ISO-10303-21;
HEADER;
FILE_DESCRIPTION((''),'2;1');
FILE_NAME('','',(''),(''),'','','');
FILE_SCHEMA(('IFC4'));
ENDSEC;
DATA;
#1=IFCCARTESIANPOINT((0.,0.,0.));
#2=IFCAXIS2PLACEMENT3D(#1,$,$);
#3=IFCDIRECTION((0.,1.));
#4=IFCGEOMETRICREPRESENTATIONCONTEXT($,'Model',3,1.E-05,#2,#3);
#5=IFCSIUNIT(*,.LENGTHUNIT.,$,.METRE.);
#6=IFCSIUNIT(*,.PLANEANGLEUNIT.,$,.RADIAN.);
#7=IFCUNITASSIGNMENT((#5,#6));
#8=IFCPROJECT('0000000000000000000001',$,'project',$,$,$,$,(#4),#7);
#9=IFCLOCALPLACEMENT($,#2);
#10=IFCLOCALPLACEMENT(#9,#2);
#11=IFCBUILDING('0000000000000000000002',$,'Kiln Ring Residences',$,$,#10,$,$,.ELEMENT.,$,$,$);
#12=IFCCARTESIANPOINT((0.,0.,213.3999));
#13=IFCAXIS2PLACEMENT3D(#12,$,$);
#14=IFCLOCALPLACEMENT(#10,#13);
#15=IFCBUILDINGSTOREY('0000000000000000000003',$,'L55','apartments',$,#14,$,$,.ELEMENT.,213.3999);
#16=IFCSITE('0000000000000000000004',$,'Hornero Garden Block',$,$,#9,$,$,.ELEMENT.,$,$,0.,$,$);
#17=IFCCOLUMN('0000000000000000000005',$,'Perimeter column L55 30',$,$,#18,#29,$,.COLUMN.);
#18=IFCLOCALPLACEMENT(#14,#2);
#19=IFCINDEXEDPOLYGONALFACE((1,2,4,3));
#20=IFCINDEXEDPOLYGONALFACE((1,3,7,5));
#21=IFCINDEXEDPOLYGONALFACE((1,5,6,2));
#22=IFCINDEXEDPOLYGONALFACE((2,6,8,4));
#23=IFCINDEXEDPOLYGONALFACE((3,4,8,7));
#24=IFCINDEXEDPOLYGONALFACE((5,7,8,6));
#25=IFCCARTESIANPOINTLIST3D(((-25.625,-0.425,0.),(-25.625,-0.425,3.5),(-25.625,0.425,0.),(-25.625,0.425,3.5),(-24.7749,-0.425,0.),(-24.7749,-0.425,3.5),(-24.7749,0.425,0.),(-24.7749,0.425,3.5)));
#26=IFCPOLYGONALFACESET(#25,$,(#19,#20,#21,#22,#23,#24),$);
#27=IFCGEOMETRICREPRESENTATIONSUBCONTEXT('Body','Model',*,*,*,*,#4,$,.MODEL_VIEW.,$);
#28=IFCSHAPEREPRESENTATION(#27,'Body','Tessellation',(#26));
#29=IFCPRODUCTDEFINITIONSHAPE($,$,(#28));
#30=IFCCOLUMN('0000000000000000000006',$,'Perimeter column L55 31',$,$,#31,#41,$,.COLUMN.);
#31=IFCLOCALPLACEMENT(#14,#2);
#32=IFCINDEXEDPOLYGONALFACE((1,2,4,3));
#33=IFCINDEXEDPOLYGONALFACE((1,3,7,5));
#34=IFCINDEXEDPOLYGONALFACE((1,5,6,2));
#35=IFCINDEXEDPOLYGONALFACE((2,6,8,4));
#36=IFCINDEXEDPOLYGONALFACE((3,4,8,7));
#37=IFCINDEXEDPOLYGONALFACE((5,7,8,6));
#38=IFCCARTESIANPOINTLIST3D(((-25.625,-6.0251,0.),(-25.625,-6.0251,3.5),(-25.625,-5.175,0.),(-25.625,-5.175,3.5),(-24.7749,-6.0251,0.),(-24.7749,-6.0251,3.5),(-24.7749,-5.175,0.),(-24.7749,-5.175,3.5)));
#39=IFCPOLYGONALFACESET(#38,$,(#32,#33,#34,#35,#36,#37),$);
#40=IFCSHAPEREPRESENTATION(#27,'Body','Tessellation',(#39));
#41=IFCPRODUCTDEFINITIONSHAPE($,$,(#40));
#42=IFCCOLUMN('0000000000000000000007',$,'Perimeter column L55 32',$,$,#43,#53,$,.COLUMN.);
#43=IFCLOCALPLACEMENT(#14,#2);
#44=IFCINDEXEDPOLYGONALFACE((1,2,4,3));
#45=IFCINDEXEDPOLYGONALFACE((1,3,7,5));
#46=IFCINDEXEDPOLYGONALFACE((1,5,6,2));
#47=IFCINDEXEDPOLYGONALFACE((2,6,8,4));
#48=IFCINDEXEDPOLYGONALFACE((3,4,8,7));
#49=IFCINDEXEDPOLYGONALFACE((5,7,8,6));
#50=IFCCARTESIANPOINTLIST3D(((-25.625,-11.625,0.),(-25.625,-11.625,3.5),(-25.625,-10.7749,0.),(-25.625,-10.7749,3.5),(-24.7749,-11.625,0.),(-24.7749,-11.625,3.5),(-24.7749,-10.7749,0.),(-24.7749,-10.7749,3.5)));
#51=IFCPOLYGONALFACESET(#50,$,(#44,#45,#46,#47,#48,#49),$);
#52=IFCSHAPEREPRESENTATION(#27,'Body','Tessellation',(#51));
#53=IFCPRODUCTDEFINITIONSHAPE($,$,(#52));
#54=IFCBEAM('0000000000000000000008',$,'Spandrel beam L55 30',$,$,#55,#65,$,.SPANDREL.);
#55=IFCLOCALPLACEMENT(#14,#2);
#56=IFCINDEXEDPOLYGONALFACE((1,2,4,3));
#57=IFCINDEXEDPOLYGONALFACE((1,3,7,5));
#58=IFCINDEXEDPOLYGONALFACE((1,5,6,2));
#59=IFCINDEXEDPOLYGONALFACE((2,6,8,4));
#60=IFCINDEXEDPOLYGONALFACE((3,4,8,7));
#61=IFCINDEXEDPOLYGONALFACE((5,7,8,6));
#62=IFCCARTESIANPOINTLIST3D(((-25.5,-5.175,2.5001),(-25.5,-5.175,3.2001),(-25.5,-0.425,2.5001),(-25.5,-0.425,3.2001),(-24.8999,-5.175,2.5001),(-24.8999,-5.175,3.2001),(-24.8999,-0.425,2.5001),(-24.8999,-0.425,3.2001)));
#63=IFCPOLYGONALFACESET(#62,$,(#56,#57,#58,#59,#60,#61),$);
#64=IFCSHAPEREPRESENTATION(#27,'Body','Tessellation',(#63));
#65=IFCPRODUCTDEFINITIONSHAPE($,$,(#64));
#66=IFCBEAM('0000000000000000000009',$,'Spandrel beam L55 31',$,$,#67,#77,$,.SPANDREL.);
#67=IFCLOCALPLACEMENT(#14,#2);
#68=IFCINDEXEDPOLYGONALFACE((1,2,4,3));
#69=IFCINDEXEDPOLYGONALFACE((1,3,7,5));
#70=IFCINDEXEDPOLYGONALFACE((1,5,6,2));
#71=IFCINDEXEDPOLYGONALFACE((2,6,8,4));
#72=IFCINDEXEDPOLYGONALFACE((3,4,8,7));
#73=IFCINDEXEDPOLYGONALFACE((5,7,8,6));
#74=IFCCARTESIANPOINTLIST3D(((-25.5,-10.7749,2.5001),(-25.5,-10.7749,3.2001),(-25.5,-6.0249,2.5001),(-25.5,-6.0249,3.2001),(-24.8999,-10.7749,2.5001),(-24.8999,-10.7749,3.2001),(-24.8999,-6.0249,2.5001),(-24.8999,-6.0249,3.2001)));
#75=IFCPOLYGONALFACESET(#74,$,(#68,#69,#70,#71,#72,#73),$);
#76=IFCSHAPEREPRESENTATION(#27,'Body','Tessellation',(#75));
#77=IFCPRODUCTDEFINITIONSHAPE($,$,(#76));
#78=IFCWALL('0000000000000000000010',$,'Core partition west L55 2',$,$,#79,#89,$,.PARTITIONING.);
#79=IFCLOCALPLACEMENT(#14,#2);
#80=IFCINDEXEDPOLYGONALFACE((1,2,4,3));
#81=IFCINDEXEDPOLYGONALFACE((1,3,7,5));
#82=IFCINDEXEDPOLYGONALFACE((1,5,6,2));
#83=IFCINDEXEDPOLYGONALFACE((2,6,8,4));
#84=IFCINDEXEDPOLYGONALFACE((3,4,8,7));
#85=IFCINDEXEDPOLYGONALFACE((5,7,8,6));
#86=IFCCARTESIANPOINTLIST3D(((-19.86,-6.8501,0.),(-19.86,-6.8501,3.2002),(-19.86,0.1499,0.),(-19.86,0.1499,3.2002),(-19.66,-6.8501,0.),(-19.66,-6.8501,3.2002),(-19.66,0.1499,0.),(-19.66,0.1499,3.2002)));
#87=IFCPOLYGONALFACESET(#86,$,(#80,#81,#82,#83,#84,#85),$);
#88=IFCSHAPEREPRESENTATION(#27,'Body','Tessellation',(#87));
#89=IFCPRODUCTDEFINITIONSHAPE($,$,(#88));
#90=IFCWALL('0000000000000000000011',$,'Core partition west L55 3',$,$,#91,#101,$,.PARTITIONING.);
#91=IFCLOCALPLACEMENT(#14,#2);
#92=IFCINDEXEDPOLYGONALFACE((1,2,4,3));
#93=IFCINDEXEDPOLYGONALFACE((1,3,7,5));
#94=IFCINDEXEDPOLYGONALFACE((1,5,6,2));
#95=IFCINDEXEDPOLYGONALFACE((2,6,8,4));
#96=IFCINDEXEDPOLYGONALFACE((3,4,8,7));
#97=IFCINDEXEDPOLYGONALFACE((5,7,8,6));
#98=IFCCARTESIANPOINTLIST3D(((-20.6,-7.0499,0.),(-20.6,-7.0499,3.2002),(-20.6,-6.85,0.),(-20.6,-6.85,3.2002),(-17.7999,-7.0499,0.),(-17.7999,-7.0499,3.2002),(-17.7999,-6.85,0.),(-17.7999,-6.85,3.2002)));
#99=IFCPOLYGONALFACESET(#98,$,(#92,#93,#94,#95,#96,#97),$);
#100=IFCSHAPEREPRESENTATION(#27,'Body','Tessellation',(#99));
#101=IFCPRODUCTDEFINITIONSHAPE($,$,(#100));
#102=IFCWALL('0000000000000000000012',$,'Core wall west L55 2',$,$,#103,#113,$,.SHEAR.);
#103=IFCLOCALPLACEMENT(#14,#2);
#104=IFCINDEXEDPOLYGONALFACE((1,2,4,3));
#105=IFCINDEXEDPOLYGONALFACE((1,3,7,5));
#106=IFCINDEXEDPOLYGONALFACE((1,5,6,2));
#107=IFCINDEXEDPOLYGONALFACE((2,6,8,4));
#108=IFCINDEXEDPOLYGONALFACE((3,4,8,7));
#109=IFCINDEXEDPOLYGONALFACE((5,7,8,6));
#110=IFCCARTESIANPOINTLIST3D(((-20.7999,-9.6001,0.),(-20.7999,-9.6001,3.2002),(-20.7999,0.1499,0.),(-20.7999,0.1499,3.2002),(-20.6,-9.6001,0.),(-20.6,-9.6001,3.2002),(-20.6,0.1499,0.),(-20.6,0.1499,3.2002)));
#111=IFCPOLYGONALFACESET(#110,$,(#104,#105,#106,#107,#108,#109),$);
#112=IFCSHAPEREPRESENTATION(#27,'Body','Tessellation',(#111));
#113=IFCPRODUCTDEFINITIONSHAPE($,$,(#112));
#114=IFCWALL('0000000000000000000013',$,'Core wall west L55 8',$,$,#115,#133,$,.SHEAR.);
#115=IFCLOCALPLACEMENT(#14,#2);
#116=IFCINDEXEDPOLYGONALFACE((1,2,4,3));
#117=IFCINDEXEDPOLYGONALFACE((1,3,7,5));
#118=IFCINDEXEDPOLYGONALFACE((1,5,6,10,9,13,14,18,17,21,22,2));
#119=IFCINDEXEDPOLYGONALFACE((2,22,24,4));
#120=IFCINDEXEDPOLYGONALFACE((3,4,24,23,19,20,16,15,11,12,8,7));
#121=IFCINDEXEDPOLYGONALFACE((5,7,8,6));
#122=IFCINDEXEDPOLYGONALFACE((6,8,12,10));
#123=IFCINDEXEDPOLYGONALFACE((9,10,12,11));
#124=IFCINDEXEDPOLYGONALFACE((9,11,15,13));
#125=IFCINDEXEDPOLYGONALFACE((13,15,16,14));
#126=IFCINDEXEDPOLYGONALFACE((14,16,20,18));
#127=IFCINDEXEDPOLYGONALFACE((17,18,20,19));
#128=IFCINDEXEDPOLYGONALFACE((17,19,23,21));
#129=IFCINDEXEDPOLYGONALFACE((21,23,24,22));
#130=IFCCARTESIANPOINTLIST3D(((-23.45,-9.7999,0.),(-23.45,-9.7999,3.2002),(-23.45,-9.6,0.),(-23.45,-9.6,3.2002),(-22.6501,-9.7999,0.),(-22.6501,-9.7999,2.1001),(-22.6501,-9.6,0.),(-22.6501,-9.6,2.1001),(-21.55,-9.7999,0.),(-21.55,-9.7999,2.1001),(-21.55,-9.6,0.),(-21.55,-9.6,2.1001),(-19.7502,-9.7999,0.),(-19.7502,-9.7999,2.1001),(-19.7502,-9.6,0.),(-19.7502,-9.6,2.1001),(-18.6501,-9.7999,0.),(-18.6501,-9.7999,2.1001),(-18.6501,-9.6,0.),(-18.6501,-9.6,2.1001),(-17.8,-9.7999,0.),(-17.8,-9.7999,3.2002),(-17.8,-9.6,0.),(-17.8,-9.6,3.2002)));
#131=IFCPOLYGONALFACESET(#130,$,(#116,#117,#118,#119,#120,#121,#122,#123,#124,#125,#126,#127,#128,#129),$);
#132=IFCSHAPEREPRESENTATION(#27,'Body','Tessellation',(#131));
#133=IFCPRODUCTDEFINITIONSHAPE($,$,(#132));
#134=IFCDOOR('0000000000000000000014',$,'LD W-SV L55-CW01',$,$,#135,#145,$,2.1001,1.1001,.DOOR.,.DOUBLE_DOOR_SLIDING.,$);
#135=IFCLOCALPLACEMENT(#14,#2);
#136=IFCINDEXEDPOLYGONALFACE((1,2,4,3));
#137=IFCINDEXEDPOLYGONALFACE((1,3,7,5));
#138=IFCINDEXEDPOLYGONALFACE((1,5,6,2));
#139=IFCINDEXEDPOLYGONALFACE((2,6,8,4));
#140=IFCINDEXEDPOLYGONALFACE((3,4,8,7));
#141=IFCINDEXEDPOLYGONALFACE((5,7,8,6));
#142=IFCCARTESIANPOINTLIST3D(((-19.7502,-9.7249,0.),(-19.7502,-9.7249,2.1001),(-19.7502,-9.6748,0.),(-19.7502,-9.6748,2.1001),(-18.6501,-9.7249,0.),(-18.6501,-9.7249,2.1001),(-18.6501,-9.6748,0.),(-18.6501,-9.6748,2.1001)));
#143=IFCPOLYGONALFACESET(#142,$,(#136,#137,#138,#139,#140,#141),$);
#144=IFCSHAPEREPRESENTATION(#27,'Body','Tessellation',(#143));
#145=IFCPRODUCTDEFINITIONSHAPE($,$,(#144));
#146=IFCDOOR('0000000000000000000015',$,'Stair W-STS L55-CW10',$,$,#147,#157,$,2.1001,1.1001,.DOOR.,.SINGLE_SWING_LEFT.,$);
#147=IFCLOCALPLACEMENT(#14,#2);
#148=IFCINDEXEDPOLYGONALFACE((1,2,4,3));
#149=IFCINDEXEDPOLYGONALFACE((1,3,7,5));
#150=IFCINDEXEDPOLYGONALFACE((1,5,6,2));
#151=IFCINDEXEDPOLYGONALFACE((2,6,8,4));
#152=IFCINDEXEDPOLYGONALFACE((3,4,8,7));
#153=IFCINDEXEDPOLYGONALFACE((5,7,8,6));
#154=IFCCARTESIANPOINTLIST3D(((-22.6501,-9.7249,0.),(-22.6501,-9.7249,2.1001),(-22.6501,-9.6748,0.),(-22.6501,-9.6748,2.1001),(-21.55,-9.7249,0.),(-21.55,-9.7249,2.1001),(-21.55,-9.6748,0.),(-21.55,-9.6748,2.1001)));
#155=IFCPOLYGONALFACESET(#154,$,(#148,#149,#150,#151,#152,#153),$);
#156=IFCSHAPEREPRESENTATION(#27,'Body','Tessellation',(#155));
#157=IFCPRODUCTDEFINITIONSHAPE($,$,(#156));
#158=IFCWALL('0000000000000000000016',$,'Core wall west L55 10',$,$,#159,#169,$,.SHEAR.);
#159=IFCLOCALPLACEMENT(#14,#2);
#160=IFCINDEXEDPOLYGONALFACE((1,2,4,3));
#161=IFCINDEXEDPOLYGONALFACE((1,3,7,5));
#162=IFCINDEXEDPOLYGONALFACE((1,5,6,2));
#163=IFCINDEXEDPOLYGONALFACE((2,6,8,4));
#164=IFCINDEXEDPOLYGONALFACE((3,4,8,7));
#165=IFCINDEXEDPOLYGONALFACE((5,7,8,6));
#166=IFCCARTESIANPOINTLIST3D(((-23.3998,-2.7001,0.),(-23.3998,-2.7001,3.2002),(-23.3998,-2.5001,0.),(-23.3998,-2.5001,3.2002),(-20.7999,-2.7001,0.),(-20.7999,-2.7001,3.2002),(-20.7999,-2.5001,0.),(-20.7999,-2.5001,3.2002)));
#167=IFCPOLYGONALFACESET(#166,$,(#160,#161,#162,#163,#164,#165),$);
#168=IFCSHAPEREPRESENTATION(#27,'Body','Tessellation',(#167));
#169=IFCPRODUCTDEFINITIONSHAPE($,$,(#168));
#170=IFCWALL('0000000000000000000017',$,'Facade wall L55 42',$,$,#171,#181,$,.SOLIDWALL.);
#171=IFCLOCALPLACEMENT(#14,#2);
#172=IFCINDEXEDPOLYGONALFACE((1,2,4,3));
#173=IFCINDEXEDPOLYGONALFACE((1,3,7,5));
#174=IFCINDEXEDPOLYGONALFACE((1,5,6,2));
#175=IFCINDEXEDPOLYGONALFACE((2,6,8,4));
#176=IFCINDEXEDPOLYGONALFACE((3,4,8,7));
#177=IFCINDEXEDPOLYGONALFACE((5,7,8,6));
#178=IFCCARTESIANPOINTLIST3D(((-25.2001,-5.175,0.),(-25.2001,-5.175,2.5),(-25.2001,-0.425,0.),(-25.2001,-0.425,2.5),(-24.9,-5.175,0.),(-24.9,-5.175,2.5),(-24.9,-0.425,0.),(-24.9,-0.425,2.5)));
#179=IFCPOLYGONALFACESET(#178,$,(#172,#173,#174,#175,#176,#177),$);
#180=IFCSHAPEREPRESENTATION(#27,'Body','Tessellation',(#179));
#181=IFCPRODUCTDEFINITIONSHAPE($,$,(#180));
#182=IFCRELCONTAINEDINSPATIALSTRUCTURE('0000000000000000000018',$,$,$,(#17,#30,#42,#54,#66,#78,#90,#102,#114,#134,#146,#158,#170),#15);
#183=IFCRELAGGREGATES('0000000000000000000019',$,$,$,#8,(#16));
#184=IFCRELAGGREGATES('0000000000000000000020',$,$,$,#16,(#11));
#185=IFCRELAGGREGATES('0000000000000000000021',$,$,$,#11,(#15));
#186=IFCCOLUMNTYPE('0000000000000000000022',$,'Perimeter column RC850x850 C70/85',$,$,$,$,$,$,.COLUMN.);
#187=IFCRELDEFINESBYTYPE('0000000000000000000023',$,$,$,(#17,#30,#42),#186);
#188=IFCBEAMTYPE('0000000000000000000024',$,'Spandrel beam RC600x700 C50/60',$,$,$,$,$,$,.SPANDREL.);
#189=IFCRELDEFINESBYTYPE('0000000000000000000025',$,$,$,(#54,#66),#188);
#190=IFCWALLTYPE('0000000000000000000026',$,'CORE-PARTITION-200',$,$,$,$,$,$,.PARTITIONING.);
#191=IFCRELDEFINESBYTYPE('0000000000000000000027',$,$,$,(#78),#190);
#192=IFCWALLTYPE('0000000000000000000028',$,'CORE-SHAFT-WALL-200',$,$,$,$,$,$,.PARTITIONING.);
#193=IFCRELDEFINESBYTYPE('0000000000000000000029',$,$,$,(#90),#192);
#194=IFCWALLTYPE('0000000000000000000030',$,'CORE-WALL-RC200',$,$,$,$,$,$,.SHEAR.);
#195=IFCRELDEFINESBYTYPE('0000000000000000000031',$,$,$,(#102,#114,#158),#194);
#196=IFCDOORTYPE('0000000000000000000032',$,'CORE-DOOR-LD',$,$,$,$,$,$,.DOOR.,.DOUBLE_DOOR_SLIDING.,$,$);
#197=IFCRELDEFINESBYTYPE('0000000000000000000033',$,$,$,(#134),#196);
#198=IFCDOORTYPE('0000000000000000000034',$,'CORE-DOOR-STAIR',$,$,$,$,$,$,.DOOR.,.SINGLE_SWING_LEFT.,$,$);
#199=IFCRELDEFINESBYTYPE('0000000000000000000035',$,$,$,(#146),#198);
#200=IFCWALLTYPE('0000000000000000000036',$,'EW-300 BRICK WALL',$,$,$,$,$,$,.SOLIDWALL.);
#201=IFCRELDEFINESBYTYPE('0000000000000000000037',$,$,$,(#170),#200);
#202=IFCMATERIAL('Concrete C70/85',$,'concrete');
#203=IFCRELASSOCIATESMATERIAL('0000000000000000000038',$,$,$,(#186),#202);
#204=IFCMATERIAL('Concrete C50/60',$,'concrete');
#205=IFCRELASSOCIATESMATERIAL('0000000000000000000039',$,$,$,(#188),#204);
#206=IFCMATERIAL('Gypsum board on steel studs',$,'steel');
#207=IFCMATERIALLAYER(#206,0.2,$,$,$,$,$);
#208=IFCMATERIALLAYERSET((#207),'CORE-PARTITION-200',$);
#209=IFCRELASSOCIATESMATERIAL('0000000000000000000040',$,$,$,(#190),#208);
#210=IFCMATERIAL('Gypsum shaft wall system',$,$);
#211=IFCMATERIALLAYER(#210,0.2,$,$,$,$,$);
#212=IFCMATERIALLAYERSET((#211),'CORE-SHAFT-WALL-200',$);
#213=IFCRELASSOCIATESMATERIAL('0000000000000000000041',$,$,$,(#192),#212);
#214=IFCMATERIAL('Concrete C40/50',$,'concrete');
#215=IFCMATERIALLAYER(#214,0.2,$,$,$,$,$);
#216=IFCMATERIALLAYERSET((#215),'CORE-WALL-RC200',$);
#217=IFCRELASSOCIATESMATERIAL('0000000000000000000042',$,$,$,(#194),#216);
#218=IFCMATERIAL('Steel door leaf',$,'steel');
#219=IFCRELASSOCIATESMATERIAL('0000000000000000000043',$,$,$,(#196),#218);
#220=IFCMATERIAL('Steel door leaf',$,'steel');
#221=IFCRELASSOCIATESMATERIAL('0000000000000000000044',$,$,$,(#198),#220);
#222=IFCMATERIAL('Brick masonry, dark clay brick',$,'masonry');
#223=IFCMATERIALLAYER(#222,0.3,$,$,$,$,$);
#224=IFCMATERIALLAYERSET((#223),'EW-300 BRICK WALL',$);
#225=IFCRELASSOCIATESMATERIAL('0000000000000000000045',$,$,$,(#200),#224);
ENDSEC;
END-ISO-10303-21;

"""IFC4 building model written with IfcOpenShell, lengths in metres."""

from ifc_helpers import new_model, si_unit, direction, frame, frame_2d, origin, origin_2d, place, context, subcontext, project, spatial, rectangle, extrude, material, layer, layer_set, material_profile, profile_set, type_object, element, fill, save


model = new_model("IFC4")

# Units and contexts
model_context = context("Model", 3, precision=1e-05, world=origin(), true_north=direction((0.0, 1.0)))
body_context = subcontext(model_context, "Body", "Model", "MODEL_VIEW")
ifc_project = project(units=[si_unit("LENGTHUNIT", "METRE"), si_unit("PLANEANGLEUNIT", "RADIAN")], contexts=[model_context])

# Site, building, storey
site_placement = place(None, origin())
site = spatial("IfcSite", under=ifc_project, at=site_placement, Name="Hornero Garden Block", CompositionType="ELEMENT", RefElevation=0.0)
building_placement = place(site_placement, origin())
building = spatial("IfcBuilding", under=site, at=building_placement, Name="Kiln Ring Residences", CompositionType="ELEMENT")
storey_placement = place(building_placement, frame((0.0, 0.0, 213.3999)))
storey = spatial("IfcBuildingStorey", under=building, at=storey_placement, Name="L55", Description="apartments", CompositionType="ELEMENT", Elevation=213.3999)

# Columns
ifc_material_1 = material(Name="Concrete C70/85", Category="concrete")
ifc_material_profile_1 = material_profile(ifc_material_1, rectangle(XDim=0.8501, YDim=0.8501, at=origin_2d()), Name="RC850x850")
ifc_profile_set_1 = profile_set([ifc_material_profile_1], Name="Concrete C70/85")
column_type = type_object("IfcColumnType", Name="Perimeter column RC850x850 C70/85", PredefinedType="COLUMN", material=ifc_profile_set_1)
for number, where, z_axis, x_axis, name in (
    (1, (-25.2, 0.0, 0.0), (0.0, 0.0, 1.0), (1.0, 0.0, 0.0), "Perimeter column L55 30"),
    (2, (-25.2, -5.6001, 0.0), (0.0, 0.0, 1.0), (1.0, 0.0, 0.0), "Perimeter column L55 31"),
    (3, (-25.2, -11.2, 0.0), (0.0, 0.0, 1.0), (1.0, 0.0, 0.0), "Perimeter column L55 32"),
):
    element("IfcColumn", number, at=place(storey_placement, frame(where, z_axis=z_axis, x_axis=x_axis)), inside=storey, type_object=column_type, Name=name, PredefinedType="COLUMN", context=body_context, shape_type="SweptSolid", body=[
        extrude(rectangle(XDim=0.8501, YDim=0.8501, at=origin_2d()), origin(), (0.0, 0.0, 1.0), 3.5),
    ])

# Beams
ifc_material_2 = material(Name="Concrete C50/60", Category="concrete")
ifc_material_profile_2 = material_profile(ifc_material_2, rectangle(XDim=0.6001, YDim=0.7, at=origin_2d()), Name="RC600x700")
ifc_profile_set_2 = profile_set([ifc_material_profile_2], Name="Concrete C50/60")
beam_type = type_object("IfcBeamType", Name="Spandrel beam RC600x700 C50/60", PredefinedType="SPANDREL", material=ifc_profile_set_2)
for number, where, z_axis, x_axis, name in (
    (4, (-25.2, -0.425, 2.8501), (0.0, -1.0, 0.0), (1.0, 0.0, 0.0), "Spandrel beam L55 30"),
    (5, (-25.2, -6.0249, 2.8501), (0.0, -1.0, 0.0), (1.0, 0.0, 0.0), "Spandrel beam L55 31"),
):
    element("IfcBeam", number, at=place(storey_placement, frame(where, z_axis=z_axis, x_axis=x_axis)), inside=storey, type_object=beam_type, Name=name, PredefinedType="SPANDREL", context=body_context, shape_type="SweptSolid", body=[
        extrude(rectangle(XDim=0.6001, YDim=0.7, at=origin_2d()), origin(), (0.0, 0.0, 1.0), 4.75),
    ])

# Walls
ifc_material_3 = material(Name="Gypsum board on steel studs", Category="steel")
ifc_layer_1 = layer(ifc_material_3, 0.2)
ifc_layer_set_1 = layer_set([ifc_layer_1], Name="CORE-PARTITION-200")
wall_type_1 = type_object("IfcWallType", Name="CORE-PARTITION-200", PredefinedType="PARTITIONING", material=ifc_layer_set_1)
wall_1_placement = place(storey_placement, frame((-19.76, -6.8501, 0.0), z_axis=(0.0, 0.0, 1.0), x_axis=(0.0, 1.0, 0.0)))
element("IfcWall", 6, at=wall_1_placement, inside=storey, type_object=wall_type_1, Name="Core partition west L55 2", PredefinedType="PARTITIONING", context=body_context, shape_type="SweptSolid", body=[
    extrude(rectangle(XDim=7.0, YDim=0.2, at=frame_2d((3.5, 0.0))), origin(), (0.0, 0.0, 1.0), 3.2002),
])
ifc_material_4 = material(Name="Gypsum shaft wall system")
ifc_layer_2 = layer(ifc_material_4, 0.2)
ifc_layer_set_2 = layer_set([ifc_layer_2], Name="CORE-SHAFT-WALL-200")
wall_type_2 = type_object("IfcWallType", Name="CORE-SHAFT-WALL-200", PredefinedType="PARTITIONING", material=ifc_layer_set_2)
wall_2_placement = place(storey_placement, frame((-17.8, -6.95, 0.0), z_axis=(0.0, 0.0, 1.0), x_axis=(-1.0, 0.0, 0.0)))
element("IfcWall", 7, at=wall_2_placement, inside=storey, type_object=wall_type_2, Name="Core partition west L55 3", PredefinedType="PARTITIONING", context=body_context, shape_type="SweptSolid", body=[
    extrude(rectangle(XDim=2.8, YDim=0.2, at=frame_2d((1.3999, 0.0))), origin(), (0.0, 0.0, 1.0), 3.2002),
])
ifc_material_5 = material(Name="Concrete C40/50", Category="concrete")
ifc_layer_3 = layer(ifc_material_5, 0.2)
ifc_layer_set_3 = layer_set([ifc_layer_3], Name="CORE-WALL-RC200")
wall_type_3 = type_object("IfcWallType", Name="CORE-WALL-RC200", PredefinedType="SHEAR", material=ifc_layer_set_3)
wall_3_placement = place(storey_placement, frame((-20.7, -9.6001, 0.0), z_axis=(0.0, 0.0, 1.0), x_axis=(0.0, 1.0, 0.0)))
element("IfcWall", 8, at=wall_3_placement, inside=storey, type_object=wall_type_3, Name="Core wall west L55 2", PredefinedType="SHEAR", context=body_context, shape_type="SweptSolid", body=[
    extrude(rectangle(XDim=9.75, YDim=0.2, at=frame_2d((4.875, 0.0))), origin(), (0.0, 0.0, 1.0), 3.2002),
])

# Wall, openings, doors
wall_4_placement = place(storey_placement, frame((-17.8, -9.7, 0.0), z_axis=(0.0, 0.0, 1.0), x_axis=(-1.0, 0.0, 0.0)))
wall_4 = element("IfcWall", 9, at=wall_4_placement, inside=storey, type_object=wall_type_3, Name="Core wall west L55 8", PredefinedType="SHEAR", context=body_context, shape_type="SweptSolid", body=[
    extrude(rectangle(XDim=5.6499, YDim=0.2, at=frame_2d((2.825, 0.0))), origin(), (0.0, 0.0, 1.0), 3.2002),
])
opening_1_placement = place(wall_4_placement, frame((0.8501, 0.0, 0.0)))
opening_1 = element("IfcOpeningElement", 10, at=opening_1_placement, cuts=wall_4, PredefinedType="OPENING", context=body_context, shape_type="SweptSolid", body=[
    extrude(rectangle(XDim=1.1001, YDim=2.1001, at=frame_2d((0.55, 1.05))), frame((0.0, 0.1099, 0.0), z_axis=(0.0, -1.0, 0.0), x_axis=(1.0, 0.0, 0.0)), (0.0, 0.0, 1.0), 0.22),
])
opening_2_placement = place(wall_4_placement, frame((3.75, 0.0, 0.0)))
opening_2 = element("IfcOpeningElement", 11, at=opening_2_placement, cuts=wall_4, PredefinedType="OPENING", context=body_context, shape_type="SweptSolid", body=[
    extrude(rectangle(XDim=1.1001, YDim=2.1001, at=frame_2d((0.55, 1.05))), frame((0.0, 0.1099, 0.0), z_axis=(0.0, -1.0, 0.0), x_axis=(1.0, 0.0, 0.0)), (0.0, 0.0, 1.0), 0.22),
])
ifc_material_6 = material(Name="Steel door leaf", Category="steel")
door_type_1 = type_object("IfcDoorType", Name="CORE-DOOR-LD", OperationType="DOUBLE_DOOR_SLIDING", PredefinedType="DOOR", material=ifc_material_6)
door_1_placement = place(opening_1_placement, origin())
door_1 = element("IfcDoor", 12, at=door_1_placement, inside=storey, type_object=door_type_1, Name="LD W-SV L55-CW01", OperationType="DOUBLE_DOOR_SLIDING", OverallHeight=2.1001, OverallWidth=1.1001, PredefinedType="DOOR", context=body_context, shape_type="SweptSolid", body=[
    extrude(rectangle(XDim=1.1001, YDim=2.1001, at=frame_2d((0.55, 1.05))), frame((0.0, 0.0249, 0.0), z_axis=(0.0, -1.0, 0.0), x_axis=(1.0, 0.0, 0.0)), (0.0, 0.0, 1.0), 0.05),
])
fill(opening_1, door_1)
ifc_material_7 = material(Name="Steel door leaf", Category="steel")
door_type_2 = type_object("IfcDoorType", Name="CORE-DOOR-STAIR", OperationType="SINGLE_SWING_LEFT", PredefinedType="DOOR", material=ifc_material_7)
door_2_placement = place(opening_2_placement, origin())
door_2 = element("IfcDoor", 13, at=door_2_placement, inside=storey, type_object=door_type_2, Name="Stair W-STS L55-CW10", OperationType="SINGLE_SWING_LEFT", OverallHeight=2.1001, OverallWidth=1.1001, PredefinedType="DOOR", context=body_context, shape_type="SweptSolid", body=[
    extrude(rectangle(XDim=1.1001, YDim=2.1001, at=frame_2d((0.55, 1.05))), frame((0.0, 0.0249, 0.0), z_axis=(0.0, -1.0, 0.0), x_axis=(1.0, 0.0, 0.0)), (0.0, 0.0, 1.0), 0.05),
])
fill(opening_2, door_2)

# Walls
wall_5_placement = place(storey_placement, frame((-20.8, -2.6001, 0.0), z_axis=(0.0, 0.0, 1.0), x_axis=(-1.0, 0.0, 0.0)))
element("IfcWall", 14, at=wall_5_placement, inside=storey, type_object=wall_type_3, Name="Core wall west L55 10", PredefinedType="SHEAR", context=body_context, shape_type="SweptSolid", body=[
    extrude(rectangle(XDim=2.5999, YDim=0.2, at=frame_2d((1.2998, 0.0))), origin(), (0.0, 0.0, 1.0), 3.2002),
])
ifc_material_8 = material(Name="Brick masonry, dark clay brick", Category="masonry")
ifc_layer_4 = layer(ifc_material_8, 0.3)
ifc_layer_set_4 = layer_set([ifc_layer_4], Name="EW-300 BRICK WALL")
wall_type_4 = type_object("IfcWallType", Name="EW-300 BRICK WALL", PredefinedType="SOLIDWALL", material=ifc_layer_set_4)
for number, where, z_axis, x_axis, name in (
    (15, (-25.05, -0.425, 0.0), (0.0, 0.0, 1.0), (0.0, -1.0, 0.0), "Facade wall L55 42"),
):
    element("IfcWall", number, at=place(storey_placement, frame(where, z_axis=z_axis, x_axis=x_axis)), inside=storey, type_object=wall_type_4, Name=name, PredefinedType="SOLIDWALL", context=body_context, shape_type="SweptSolid", body=[
        extrude(rectangle(XDim=4.75, YDim=0.3, at=frame_2d((2.375, 0.0))), origin(), (0.0, 0.0, 1.0), 2.5),
    ])

save(model, "model.ifc")
